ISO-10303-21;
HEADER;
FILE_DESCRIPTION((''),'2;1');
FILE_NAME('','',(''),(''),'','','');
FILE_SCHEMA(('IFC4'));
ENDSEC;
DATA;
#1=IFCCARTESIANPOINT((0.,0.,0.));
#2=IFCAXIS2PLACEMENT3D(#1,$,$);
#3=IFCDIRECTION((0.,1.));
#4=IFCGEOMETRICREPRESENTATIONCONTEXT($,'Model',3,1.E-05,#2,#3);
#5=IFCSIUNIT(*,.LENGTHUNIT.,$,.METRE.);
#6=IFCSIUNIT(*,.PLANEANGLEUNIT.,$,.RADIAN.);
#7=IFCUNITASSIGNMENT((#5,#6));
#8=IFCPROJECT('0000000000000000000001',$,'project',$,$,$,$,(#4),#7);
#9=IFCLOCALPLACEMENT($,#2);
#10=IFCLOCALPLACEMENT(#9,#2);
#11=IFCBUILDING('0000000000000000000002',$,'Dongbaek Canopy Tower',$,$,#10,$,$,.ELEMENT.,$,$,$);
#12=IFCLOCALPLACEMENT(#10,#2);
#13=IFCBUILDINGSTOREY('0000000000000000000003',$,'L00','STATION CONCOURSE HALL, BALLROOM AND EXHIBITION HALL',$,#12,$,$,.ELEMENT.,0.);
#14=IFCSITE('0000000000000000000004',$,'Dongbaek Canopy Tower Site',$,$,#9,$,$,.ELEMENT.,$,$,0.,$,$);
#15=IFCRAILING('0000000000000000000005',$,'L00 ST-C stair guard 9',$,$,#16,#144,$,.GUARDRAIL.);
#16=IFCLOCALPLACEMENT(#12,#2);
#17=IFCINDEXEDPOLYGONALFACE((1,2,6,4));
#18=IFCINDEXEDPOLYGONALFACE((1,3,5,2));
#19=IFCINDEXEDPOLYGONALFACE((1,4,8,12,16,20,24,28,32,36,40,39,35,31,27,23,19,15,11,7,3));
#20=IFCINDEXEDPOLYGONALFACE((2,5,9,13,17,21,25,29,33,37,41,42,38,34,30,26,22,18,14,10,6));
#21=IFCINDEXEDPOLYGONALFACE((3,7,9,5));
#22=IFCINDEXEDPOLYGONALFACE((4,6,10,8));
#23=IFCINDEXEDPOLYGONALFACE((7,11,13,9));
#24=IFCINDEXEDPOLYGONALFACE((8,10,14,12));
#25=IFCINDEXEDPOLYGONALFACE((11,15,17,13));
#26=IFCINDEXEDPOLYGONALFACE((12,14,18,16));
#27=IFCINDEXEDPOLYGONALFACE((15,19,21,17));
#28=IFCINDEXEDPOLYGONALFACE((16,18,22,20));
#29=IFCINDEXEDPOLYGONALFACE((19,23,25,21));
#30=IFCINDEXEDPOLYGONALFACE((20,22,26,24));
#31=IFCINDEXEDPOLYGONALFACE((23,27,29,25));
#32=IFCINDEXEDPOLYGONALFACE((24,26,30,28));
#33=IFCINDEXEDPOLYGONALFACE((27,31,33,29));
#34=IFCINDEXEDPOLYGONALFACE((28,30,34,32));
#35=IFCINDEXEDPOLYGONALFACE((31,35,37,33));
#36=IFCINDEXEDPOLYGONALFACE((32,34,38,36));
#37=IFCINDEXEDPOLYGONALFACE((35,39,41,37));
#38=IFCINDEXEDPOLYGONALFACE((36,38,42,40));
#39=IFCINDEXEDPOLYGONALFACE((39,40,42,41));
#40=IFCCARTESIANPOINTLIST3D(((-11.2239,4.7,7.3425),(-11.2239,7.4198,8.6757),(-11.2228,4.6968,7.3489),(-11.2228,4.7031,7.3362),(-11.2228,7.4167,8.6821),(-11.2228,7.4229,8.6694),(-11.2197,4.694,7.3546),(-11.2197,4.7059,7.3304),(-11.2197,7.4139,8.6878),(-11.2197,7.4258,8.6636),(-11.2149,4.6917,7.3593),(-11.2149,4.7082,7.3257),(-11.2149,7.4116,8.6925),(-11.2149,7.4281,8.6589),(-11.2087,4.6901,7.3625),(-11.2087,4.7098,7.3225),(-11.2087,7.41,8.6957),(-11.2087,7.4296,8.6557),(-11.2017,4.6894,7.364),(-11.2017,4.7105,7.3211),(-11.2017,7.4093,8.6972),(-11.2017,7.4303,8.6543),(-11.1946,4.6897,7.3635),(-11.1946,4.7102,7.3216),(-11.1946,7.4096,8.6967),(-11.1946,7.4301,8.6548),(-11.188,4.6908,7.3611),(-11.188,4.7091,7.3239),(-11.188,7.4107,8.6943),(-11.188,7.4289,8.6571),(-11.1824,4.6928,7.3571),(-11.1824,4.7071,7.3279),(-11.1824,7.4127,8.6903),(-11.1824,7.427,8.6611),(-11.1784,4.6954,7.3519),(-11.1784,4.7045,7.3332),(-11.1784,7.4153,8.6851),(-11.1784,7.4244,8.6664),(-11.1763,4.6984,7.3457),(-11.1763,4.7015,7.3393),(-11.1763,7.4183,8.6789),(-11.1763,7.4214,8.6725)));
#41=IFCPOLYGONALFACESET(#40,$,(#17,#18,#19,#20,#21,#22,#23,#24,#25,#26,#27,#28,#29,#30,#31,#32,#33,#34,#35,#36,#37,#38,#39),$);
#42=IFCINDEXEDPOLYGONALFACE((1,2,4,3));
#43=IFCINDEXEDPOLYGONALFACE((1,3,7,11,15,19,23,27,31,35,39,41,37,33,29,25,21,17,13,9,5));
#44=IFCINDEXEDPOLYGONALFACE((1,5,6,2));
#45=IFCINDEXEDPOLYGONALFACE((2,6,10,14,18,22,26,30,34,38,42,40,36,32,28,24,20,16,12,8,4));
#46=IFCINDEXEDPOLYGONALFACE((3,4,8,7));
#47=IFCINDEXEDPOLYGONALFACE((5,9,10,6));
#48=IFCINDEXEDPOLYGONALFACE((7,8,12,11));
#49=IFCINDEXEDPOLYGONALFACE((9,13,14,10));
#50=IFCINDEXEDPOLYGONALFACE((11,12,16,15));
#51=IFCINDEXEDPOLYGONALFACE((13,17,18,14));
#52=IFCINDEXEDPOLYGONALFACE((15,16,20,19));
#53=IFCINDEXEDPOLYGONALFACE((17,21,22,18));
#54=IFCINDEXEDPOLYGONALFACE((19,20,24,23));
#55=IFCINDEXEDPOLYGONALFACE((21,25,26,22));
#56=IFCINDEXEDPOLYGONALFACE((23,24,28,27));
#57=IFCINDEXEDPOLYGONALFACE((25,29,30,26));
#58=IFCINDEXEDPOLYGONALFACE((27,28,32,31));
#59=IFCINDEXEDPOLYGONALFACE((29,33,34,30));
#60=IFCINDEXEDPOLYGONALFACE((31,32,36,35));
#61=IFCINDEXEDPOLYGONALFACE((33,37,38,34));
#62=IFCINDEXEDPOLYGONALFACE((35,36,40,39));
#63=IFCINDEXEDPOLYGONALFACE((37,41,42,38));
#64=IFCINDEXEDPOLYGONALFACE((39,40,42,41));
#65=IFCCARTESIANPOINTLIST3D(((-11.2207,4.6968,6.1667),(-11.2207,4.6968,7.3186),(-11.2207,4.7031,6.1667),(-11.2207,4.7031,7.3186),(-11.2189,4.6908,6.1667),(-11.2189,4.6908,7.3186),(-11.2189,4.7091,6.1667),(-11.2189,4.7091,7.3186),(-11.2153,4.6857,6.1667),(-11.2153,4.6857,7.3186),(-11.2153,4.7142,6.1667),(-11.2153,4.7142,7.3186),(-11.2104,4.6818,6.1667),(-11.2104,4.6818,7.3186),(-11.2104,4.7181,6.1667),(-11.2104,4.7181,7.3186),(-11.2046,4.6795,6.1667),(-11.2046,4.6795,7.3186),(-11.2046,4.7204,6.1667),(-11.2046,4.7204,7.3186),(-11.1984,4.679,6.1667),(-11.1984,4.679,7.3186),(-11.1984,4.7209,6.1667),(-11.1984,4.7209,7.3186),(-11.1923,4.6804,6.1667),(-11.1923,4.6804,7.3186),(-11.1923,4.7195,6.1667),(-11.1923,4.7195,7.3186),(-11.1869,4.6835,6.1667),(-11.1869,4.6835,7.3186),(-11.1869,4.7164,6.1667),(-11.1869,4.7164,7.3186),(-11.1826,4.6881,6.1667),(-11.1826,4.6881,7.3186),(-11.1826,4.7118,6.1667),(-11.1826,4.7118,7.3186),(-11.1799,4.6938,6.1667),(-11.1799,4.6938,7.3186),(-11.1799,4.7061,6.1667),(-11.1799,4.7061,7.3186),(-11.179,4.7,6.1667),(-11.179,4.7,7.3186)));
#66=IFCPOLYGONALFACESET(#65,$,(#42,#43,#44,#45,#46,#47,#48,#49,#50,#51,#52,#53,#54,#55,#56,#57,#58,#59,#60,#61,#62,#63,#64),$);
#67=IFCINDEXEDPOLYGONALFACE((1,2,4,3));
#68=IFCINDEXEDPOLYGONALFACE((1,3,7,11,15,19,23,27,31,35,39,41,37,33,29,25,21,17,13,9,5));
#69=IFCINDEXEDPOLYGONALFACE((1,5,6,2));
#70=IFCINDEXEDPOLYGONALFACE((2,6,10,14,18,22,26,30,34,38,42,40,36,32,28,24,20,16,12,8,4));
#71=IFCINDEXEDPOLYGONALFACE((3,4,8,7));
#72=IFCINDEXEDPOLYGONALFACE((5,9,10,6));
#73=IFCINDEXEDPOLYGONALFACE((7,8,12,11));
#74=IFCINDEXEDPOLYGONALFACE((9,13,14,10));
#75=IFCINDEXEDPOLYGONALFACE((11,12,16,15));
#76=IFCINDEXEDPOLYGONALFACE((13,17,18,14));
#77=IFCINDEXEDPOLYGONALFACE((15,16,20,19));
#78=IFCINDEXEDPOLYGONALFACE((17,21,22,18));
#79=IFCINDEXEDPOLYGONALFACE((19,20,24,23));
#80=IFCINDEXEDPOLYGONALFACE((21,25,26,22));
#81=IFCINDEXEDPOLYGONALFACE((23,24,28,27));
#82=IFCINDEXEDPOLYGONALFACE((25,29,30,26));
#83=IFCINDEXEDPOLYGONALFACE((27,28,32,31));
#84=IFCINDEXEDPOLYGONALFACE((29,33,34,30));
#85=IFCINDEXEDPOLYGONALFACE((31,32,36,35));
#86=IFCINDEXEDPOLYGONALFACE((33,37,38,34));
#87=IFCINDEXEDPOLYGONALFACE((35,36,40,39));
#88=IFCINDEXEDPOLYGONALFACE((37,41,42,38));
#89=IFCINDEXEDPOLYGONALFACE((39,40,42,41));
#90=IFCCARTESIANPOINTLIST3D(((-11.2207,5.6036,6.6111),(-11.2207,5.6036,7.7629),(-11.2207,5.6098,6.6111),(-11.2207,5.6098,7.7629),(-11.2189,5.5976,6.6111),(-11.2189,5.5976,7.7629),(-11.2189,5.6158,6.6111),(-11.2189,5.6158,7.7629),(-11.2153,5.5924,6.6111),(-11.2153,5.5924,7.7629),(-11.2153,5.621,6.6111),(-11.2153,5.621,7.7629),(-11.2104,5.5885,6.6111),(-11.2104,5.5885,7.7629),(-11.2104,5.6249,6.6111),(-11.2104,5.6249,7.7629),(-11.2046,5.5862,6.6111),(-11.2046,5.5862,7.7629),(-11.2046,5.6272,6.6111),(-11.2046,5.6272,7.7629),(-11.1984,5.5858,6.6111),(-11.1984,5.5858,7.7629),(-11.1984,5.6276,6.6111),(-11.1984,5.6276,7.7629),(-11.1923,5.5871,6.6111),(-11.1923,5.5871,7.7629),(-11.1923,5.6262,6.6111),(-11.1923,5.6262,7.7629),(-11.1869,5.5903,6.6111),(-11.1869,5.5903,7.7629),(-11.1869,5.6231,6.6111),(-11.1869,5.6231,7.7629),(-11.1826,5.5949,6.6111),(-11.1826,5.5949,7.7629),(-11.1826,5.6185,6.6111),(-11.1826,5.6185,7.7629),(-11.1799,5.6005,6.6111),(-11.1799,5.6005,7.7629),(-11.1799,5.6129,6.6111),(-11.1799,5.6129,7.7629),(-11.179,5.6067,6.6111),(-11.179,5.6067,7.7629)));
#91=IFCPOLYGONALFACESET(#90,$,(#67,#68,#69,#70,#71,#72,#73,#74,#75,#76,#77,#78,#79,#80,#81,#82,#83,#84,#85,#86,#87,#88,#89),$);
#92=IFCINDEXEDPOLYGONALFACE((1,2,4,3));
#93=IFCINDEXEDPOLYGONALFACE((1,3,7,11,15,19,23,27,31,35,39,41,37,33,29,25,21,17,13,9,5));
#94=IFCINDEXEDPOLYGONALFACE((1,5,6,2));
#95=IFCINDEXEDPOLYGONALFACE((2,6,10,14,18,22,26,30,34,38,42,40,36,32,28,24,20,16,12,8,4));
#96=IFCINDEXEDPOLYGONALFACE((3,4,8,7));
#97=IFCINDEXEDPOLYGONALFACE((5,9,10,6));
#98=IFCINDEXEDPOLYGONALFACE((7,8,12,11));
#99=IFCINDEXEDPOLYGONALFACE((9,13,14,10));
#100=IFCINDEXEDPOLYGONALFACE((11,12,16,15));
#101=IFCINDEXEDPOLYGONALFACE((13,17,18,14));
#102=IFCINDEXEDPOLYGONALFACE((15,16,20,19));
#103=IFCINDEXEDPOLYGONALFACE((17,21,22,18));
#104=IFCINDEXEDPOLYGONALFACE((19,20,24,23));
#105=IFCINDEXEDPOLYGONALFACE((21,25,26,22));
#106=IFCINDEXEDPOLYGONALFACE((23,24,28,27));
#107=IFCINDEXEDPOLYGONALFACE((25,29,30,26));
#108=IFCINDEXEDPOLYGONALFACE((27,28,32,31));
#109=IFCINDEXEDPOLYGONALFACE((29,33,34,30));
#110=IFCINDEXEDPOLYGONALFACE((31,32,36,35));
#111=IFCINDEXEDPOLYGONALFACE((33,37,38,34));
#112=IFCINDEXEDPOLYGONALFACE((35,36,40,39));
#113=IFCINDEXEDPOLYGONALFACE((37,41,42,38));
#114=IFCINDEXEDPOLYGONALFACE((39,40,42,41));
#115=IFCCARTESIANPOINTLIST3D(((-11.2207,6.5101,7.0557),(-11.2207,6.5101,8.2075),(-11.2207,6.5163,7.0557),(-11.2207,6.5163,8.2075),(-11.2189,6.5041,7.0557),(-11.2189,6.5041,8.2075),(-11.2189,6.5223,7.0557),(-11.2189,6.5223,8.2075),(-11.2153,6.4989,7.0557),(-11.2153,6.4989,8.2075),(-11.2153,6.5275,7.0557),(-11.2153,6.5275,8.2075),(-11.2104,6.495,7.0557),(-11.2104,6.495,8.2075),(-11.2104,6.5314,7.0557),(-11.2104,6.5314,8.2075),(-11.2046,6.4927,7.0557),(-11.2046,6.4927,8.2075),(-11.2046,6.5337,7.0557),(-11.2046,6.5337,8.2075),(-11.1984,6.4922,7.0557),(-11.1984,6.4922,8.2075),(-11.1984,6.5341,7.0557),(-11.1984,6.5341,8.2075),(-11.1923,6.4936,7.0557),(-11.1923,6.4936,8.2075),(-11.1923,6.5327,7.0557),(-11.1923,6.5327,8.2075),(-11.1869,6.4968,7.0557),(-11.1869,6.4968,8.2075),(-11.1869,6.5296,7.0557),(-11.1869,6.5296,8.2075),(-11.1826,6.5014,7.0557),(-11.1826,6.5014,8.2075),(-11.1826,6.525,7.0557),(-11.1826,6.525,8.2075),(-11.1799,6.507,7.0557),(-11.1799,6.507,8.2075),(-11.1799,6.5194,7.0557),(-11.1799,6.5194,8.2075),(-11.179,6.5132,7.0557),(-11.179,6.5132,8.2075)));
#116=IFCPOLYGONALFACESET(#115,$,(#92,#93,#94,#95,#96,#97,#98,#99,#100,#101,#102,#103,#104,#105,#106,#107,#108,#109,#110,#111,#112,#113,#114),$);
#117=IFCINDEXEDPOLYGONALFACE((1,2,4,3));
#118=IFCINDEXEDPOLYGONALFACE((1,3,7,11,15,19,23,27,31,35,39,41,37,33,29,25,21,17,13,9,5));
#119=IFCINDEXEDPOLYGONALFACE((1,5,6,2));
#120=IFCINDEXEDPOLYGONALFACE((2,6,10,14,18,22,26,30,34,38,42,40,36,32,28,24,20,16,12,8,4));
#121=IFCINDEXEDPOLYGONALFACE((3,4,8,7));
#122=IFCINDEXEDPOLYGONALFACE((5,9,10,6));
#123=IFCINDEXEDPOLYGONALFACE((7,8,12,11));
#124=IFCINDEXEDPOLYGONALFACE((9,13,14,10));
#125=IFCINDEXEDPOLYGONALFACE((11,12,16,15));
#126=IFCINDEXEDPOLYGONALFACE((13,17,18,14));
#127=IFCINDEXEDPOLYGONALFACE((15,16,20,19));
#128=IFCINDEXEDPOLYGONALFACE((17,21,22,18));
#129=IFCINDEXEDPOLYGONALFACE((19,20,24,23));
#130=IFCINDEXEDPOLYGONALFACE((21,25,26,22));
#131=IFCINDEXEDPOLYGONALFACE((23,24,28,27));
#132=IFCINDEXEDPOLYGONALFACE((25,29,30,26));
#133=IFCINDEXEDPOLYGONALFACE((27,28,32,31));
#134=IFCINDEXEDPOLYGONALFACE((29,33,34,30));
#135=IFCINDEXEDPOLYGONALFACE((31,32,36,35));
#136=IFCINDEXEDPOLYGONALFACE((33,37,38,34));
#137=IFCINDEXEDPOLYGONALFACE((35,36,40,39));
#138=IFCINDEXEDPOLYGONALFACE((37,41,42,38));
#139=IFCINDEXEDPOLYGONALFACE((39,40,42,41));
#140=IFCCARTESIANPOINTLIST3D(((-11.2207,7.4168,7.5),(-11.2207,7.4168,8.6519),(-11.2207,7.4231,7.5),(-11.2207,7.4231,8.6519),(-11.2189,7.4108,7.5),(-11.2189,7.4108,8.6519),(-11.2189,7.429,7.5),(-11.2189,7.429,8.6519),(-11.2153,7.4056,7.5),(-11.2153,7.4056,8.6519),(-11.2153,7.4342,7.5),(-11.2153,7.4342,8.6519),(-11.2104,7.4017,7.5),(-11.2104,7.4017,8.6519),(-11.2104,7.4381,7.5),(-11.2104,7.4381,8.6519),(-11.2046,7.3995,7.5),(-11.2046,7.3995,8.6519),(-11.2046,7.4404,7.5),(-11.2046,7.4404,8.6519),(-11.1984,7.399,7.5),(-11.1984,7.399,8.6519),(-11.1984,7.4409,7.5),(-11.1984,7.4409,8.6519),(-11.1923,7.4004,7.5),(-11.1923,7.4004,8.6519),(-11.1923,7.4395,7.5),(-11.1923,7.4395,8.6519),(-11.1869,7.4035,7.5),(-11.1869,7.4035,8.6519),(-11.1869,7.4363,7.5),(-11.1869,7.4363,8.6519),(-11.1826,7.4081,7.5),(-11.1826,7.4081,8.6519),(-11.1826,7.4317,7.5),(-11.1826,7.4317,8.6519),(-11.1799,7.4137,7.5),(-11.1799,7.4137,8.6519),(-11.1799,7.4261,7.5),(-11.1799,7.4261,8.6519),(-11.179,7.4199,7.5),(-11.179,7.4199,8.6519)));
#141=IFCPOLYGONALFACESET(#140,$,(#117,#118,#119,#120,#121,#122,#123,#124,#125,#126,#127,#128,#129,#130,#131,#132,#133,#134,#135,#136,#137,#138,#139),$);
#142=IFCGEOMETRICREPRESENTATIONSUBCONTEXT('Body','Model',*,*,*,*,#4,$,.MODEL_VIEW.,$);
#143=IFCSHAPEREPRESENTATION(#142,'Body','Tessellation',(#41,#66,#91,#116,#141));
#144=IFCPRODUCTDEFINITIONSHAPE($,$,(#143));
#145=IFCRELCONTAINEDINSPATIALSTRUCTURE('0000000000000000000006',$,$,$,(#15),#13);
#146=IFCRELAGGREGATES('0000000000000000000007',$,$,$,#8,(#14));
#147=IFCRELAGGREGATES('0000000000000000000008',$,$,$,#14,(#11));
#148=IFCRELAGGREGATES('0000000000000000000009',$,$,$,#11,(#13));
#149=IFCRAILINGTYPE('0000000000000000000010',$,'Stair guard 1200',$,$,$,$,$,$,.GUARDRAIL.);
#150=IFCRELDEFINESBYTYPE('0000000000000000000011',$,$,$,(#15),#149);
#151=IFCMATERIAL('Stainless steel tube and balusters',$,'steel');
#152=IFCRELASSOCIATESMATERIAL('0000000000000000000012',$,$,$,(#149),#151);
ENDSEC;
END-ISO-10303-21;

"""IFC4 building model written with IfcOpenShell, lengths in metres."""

from ifc_helpers import new_model, si_unit, direction, frame, origin, origin_2d, place, context, subcontext, project, spatial, circle, extrude, material, type_object, element, save


model = new_model("IFC4")

# Units and contexts
model_context = context("Model", 3, precision=1e-05, world=origin(), true_north=direction((0.0, 1.0)))
body_context = subcontext(model_context, "Body", "Model", "MODEL_VIEW")
ifc_project = project(units=[si_unit("LENGTHUNIT", "METRE"), si_unit("PLANEANGLEUNIT", "RADIAN")], contexts=[model_context])

# Site, building, storey
site_placement = place(None, origin())
site = spatial("IfcSite", under=ifc_project, at=site_placement, Name="Dongbaek Canopy Tower Site", CompositionType="ELEMENT", RefElevation=0.0)
building_placement = place(site_placement, origin())
building = spatial("IfcBuilding", under=site, at=building_placement, Name="Dongbaek Canopy Tower", CompositionType="ELEMENT")
storey_placement = place(building_placement, origin())
storey = spatial("IfcBuildingStorey", under=building, at=storey_placement, Name="L00", Description="STATION CONCOURSE HALL, BALLROOM AND EXHIBITION HALL", CompositionType="ELEMENT", Elevation=0.0)

# Railing
ifc_material_1 = material(Name="Stainless steel tube and balusters", Category="steel")
railing_type_1 = type_object("IfcRailingType", Name="Stair guard 1200", PredefinedType="GUARDRAIL", material=ifc_material_1)
railing_1_placement = place(storey_placement, frame((-11.2, 4.7, 6.1667)))
element("IfcRailing", 1, at=railing_1_placement, inside=storey, type_object=railing_type_1, Name="L00 ST-C stair guard 9", PredefinedType="GUARDRAIL", context=body_context, shape_type="SweptSolid", body=[
    extrude(circle(Radius=0.0239, at=origin_2d()), frame((0.0, 0.0, 1.1758), z_axis=(0.0, 0.897929, 0.440139), x_axis=(-1.0, 0.0, 0.0)), (0.0, 0.0, 1.0), 3.0291),
    extrude(circle(Radius=0.021, at=origin_2d()), origin(), (0.0, 0.0, 1.0), 1.1519),
    extrude(circle(Radius=0.021, at=origin_2d()), frame((0.0, 0.9067, 0.4443)), (0.0, 0.0, 1.0), 1.1519),
    extrude(circle(Radius=0.021, at=origin_2d()), frame((0.0, 1.8132, 0.8889)), (0.0, 0.0, 1.0), 1.1519),
    extrude(circle(Radius=0.021, at=origin_2d()), frame((0.0, 2.72, 1.3333)), (0.0, 0.0, 1.0), 1.1519),
])

save(model, "model.ifc")
